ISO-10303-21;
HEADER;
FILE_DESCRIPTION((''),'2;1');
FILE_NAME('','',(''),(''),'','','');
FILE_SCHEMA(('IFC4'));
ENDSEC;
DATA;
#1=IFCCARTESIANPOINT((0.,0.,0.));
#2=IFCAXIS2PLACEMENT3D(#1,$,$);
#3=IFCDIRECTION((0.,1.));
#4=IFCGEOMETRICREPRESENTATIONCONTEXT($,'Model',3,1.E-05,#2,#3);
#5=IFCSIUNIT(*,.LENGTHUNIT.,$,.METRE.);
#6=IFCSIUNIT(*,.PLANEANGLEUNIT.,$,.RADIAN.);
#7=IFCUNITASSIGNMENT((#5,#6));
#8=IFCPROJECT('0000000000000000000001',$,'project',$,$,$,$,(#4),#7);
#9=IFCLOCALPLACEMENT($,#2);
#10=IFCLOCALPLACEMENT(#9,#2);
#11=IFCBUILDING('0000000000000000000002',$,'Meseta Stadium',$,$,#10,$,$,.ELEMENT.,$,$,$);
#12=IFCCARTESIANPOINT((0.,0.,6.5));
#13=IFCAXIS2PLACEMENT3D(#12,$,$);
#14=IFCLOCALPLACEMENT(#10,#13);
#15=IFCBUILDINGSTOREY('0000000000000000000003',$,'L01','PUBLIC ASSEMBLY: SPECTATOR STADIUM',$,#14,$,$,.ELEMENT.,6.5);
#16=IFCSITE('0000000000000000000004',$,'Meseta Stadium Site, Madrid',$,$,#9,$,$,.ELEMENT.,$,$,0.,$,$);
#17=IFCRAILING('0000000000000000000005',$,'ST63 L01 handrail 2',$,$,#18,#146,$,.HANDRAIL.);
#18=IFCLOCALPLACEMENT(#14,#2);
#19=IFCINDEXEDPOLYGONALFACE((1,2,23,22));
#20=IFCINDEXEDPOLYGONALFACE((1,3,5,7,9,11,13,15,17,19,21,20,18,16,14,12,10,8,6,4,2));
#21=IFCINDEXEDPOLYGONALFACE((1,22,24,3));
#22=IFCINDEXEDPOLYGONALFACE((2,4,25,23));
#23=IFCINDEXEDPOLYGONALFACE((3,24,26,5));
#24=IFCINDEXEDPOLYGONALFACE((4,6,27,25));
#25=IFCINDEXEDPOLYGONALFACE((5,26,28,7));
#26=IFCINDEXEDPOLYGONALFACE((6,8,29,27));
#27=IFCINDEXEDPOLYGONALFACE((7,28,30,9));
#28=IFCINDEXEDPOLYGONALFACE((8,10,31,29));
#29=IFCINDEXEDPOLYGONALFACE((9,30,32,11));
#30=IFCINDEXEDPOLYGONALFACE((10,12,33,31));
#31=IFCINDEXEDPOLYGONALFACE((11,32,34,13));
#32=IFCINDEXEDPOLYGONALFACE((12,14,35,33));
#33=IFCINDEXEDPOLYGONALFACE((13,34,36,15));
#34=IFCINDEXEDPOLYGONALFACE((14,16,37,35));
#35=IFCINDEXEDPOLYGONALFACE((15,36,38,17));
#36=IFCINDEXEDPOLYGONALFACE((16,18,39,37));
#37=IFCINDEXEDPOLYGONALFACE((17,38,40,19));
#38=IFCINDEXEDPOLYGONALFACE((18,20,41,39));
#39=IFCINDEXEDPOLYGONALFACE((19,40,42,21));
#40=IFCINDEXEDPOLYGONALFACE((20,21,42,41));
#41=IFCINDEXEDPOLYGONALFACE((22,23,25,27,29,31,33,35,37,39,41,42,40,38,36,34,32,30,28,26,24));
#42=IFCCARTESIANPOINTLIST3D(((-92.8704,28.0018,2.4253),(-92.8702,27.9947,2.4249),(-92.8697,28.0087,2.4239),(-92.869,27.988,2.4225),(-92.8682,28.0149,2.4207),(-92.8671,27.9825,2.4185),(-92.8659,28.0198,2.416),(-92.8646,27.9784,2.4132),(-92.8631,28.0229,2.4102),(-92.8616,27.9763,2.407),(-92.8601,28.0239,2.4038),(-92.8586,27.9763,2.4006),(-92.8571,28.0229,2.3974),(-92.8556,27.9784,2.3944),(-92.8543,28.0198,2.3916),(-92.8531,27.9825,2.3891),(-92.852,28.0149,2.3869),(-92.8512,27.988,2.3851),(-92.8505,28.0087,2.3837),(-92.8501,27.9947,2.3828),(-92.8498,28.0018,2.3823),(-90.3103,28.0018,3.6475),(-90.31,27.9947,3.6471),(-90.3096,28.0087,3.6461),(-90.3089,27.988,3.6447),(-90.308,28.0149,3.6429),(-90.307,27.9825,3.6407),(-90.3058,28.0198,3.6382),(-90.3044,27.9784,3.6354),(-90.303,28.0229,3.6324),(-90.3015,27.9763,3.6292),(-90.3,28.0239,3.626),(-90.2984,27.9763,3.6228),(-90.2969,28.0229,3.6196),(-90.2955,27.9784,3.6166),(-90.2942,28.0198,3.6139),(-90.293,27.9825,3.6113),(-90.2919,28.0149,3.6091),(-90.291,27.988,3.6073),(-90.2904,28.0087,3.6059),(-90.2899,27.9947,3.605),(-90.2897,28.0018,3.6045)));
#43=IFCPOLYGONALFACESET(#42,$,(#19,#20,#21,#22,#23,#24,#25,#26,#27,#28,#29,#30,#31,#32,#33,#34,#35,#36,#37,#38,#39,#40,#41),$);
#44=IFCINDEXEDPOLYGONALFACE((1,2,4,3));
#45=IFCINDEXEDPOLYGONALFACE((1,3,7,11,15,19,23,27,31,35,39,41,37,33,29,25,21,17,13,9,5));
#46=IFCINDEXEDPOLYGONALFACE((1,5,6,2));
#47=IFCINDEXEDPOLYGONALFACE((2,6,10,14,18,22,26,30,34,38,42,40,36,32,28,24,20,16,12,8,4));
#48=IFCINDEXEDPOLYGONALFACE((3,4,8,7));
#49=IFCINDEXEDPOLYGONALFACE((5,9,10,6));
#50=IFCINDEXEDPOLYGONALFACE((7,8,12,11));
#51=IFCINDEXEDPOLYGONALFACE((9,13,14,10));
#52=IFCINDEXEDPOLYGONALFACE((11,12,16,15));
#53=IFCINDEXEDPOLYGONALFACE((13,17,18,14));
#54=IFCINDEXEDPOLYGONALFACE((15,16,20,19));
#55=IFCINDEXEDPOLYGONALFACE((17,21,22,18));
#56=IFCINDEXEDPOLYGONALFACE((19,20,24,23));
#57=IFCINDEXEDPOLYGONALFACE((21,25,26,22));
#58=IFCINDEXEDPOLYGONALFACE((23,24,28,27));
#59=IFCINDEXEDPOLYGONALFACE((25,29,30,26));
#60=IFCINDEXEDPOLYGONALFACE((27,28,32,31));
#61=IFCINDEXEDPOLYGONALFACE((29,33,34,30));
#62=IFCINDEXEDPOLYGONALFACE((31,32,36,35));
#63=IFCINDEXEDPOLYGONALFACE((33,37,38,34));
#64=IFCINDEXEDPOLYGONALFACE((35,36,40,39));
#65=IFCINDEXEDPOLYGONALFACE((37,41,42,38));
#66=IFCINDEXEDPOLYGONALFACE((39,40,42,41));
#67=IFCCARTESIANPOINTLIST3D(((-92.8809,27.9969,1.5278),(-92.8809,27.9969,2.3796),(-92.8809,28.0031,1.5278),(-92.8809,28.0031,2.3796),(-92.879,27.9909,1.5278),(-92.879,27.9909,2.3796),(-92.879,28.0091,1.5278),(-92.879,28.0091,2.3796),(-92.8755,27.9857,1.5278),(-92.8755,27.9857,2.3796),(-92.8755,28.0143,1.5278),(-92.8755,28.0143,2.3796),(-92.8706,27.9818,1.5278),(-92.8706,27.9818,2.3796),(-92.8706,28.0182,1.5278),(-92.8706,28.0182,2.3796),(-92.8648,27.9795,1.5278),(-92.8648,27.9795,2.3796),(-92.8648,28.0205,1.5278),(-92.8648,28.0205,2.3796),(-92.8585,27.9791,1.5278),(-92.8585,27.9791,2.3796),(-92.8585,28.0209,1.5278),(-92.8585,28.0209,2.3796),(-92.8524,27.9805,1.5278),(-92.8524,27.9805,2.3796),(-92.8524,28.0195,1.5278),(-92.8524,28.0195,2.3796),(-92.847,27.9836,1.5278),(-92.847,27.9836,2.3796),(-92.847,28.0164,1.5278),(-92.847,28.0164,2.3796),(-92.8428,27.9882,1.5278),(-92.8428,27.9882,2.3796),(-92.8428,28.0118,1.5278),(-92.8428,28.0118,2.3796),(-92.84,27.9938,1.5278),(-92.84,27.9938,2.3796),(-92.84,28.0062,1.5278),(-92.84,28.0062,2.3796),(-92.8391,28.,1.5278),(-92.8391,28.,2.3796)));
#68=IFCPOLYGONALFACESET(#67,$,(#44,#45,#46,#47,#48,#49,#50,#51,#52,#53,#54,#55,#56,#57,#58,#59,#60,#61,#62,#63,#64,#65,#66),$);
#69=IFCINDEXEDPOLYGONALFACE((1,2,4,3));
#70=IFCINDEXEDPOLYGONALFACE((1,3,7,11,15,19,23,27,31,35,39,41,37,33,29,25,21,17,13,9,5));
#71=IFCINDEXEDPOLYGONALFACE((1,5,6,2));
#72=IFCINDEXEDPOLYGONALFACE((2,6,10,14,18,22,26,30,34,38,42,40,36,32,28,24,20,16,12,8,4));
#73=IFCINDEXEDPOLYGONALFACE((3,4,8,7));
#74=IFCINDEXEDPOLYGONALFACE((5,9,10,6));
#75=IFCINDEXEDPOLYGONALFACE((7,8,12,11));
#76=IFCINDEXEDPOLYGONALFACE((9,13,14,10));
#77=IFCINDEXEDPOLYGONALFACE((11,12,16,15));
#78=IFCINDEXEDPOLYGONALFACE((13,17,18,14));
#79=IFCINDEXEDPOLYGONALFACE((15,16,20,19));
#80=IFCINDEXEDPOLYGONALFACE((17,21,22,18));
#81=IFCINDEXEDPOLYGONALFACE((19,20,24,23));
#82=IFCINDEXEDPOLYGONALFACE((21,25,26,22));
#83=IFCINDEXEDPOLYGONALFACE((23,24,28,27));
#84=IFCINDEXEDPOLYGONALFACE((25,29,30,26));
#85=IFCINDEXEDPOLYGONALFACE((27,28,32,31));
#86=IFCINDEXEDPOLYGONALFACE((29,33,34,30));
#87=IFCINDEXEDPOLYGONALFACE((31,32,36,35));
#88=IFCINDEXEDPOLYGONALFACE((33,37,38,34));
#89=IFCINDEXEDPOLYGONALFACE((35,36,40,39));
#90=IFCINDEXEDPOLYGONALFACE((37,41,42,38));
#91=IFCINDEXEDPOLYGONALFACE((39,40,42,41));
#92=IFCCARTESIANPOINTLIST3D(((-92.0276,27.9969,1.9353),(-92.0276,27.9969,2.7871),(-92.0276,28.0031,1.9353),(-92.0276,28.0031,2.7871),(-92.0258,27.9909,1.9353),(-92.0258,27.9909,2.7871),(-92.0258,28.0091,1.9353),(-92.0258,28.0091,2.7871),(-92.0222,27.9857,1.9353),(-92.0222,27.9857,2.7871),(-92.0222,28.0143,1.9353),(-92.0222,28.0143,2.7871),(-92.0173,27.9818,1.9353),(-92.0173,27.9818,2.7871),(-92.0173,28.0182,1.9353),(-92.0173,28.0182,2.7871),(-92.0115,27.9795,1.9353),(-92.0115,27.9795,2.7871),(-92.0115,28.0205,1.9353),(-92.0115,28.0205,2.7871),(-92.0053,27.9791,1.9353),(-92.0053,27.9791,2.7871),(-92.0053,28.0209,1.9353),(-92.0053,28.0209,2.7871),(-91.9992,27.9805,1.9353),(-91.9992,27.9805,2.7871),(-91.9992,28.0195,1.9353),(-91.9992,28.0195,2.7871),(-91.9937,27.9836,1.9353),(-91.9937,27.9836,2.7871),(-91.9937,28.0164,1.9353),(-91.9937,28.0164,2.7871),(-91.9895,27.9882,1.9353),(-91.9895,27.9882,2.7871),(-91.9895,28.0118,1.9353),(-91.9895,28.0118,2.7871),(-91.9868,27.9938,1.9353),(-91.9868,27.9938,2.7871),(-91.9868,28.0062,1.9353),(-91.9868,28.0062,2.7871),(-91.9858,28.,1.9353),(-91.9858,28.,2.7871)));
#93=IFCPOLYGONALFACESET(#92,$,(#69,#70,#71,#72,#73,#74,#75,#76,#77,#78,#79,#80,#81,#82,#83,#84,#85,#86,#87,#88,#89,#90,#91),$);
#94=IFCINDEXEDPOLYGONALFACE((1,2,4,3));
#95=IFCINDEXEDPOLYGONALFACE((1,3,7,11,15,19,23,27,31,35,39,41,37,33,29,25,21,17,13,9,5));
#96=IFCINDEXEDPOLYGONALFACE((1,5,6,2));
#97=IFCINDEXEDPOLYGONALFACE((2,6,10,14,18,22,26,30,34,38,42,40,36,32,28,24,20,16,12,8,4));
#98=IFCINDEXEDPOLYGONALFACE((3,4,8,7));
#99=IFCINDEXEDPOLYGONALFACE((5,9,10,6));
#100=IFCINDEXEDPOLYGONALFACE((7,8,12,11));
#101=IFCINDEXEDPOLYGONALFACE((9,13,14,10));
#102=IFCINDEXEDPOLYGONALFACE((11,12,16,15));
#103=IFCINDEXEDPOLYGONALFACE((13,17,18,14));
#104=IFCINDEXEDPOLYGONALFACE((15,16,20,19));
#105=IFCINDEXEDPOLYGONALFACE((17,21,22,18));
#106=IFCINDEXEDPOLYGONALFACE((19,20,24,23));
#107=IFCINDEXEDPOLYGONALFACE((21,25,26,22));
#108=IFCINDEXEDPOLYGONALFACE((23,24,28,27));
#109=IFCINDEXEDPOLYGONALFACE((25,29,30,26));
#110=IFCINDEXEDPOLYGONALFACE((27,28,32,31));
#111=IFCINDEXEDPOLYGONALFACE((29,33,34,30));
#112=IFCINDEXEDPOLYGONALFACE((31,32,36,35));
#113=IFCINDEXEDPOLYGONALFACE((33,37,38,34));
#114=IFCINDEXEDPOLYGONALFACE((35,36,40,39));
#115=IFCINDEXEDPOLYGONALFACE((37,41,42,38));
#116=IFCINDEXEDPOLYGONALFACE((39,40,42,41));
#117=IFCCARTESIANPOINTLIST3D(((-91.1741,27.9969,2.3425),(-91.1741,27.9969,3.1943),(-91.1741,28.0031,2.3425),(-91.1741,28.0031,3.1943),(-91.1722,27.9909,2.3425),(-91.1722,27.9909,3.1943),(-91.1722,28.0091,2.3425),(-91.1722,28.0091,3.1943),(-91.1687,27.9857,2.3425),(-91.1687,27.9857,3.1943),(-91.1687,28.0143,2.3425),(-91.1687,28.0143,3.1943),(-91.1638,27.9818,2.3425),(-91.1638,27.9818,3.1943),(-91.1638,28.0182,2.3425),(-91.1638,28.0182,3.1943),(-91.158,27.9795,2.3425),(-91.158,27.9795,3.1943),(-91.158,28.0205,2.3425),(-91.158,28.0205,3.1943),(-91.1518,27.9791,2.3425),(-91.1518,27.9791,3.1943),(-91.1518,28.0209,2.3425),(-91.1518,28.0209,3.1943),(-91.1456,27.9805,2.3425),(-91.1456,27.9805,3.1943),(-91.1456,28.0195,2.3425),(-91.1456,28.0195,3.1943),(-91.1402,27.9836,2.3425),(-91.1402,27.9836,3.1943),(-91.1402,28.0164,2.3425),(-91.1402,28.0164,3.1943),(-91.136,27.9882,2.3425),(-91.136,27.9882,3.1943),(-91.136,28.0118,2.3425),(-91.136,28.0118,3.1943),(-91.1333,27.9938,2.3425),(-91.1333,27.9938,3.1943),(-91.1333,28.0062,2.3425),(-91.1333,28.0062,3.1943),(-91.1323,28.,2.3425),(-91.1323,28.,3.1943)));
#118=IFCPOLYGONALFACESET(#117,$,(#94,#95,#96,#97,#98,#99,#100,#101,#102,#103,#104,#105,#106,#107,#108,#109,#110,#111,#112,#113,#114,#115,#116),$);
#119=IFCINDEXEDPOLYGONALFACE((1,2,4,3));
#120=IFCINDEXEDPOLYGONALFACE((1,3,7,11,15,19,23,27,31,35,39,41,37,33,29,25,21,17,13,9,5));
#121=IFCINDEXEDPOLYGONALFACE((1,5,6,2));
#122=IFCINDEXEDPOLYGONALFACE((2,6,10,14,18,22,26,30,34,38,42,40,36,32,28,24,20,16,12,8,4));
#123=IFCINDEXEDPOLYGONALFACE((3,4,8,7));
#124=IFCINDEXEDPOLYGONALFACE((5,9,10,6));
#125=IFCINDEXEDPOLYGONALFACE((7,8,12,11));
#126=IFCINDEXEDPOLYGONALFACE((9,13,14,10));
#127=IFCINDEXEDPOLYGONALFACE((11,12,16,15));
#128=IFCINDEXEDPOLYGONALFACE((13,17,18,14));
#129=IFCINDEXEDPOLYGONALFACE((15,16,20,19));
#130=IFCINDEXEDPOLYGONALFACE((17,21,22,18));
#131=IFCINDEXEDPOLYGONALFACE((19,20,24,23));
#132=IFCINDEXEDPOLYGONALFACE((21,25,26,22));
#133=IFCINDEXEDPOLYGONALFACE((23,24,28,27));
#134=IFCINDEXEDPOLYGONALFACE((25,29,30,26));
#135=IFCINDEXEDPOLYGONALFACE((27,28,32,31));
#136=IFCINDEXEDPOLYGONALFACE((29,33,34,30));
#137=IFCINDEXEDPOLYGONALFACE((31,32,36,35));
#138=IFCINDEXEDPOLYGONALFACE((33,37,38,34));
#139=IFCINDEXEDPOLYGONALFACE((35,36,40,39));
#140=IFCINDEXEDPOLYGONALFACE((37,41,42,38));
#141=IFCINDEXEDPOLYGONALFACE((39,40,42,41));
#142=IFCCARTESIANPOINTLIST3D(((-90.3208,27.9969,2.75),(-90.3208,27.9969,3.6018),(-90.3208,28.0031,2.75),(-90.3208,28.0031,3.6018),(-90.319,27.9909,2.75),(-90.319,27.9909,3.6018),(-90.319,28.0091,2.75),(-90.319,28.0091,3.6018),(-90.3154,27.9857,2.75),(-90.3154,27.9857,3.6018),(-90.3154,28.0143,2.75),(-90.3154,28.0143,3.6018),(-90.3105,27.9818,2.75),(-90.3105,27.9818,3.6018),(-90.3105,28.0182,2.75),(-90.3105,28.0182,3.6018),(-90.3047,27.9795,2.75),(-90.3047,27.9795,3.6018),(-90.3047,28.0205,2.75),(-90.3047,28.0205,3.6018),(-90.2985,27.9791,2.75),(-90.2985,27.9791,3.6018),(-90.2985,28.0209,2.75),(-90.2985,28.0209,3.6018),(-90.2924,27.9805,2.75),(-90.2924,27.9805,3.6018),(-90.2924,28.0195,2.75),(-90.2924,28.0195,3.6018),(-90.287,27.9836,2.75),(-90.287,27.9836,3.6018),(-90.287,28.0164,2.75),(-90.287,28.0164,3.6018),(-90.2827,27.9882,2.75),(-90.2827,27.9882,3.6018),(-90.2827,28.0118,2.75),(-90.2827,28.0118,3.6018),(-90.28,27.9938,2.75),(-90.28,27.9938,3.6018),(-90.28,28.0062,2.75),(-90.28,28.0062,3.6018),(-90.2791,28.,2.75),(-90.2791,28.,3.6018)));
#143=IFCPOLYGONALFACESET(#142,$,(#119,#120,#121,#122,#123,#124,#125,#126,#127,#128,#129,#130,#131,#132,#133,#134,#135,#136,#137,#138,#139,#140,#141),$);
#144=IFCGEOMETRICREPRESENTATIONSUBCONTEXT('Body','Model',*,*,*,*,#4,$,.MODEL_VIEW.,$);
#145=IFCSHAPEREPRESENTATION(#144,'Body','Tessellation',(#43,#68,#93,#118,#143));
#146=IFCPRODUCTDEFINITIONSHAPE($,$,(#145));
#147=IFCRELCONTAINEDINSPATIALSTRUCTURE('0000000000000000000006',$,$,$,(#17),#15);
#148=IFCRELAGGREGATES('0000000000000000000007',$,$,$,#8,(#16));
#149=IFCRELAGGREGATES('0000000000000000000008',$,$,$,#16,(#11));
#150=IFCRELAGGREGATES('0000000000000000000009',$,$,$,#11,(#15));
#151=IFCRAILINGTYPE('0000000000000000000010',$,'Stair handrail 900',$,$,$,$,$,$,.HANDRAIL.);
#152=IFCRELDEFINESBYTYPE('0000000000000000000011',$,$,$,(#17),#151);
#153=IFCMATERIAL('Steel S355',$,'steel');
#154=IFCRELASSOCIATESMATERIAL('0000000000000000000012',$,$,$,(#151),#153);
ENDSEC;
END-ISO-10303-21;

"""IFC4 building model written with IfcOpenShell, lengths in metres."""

from ifc_helpers import new_model, si_unit, direction, frame, origin, origin_2d, place, context, subcontext, project, spatial, circle, extrude, material, type_object, element, save


model = new_model("IFC4")

# Units and contexts
model_context = context("Model", 3, precision=1e-05, world=origin(), true_north=direction((0.0, 1.0)))
body_context = subcontext(model_context, "Body", "Model", "MODEL_VIEW")
ifc_project = project(units=[si_unit("LENGTHUNIT", "METRE"), si_unit("PLANEANGLEUNIT", "RADIAN")], contexts=[model_context])

# Site, building, storey
site_placement = place(None, origin())
site = spatial("IfcSite", under=ifc_project, at=site_placement, Name="Meseta Stadium Site, Madrid", CompositionType="ELEMENT", RefElevation=0.0)
building_placement = place(site_placement, origin())
building = spatial("IfcBuilding", under=site, at=building_placement, Name="Meseta Stadium", CompositionType="ELEMENT")
storey_placement = place(building_placement, frame((0.0, 0.0, 6.5)))
storey = spatial("IfcBuildingStorey", under=building, at=storey_placement, Name="L01", Description="PUBLIC ASSEMBLY: SPECTATOR STADIUM", CompositionType="ELEMENT", Elevation=6.5)

# Railing
ifc_material_1 = material(Name="Steel S355", Category="steel")
railing_type_1 = type_object("IfcRailingType", Name="Stair handrail 900", PredefinedType="HANDRAIL", material=ifc_material_1)
for number, where, name in (
    (1, (-92.8601, 28.0, 1.5278), "ST63 L01 handrail 2"),
):
    element("IfcRailing", number, at=place(storey_placement, frame(where)), inside=storey, type_object=railing_type_1, Name=name, PredefinedType="HANDRAIL", context=body_context, shape_type="SweptSolid", body=[
        extrude(circle(Radius=0.0239, at=origin_2d()), frame((0.0, 0.0, 0.876), z_axis=(0.902437, 0.0, 0.430822), x_axis=(0.0, 1.0, 0.0)), (0.0, 0.0, 1.0), 2.8369),
        extrude(circle(Radius=0.021, at=origin_2d()), origin(), (0.0, 0.0, 1.0), 0.8518),
        extrude(circle(Radius=0.021, at=origin_2d()), frame((0.8533, 0.0, 0.4075)), (0.0, 0.0, 1.0), 0.8518),
        extrude(circle(Radius=0.021, at=origin_2d()), frame((1.7068, 0.0, 0.8147)), (0.0, 0.0, 1.0), 0.8518),
        extrude(circle(Radius=0.021, at=origin_2d()), frame((2.5601, 0.0, 1.2222)), (0.0, 0.0, 1.0), 0.8518),
    ])

save(model, "model.ifc")
